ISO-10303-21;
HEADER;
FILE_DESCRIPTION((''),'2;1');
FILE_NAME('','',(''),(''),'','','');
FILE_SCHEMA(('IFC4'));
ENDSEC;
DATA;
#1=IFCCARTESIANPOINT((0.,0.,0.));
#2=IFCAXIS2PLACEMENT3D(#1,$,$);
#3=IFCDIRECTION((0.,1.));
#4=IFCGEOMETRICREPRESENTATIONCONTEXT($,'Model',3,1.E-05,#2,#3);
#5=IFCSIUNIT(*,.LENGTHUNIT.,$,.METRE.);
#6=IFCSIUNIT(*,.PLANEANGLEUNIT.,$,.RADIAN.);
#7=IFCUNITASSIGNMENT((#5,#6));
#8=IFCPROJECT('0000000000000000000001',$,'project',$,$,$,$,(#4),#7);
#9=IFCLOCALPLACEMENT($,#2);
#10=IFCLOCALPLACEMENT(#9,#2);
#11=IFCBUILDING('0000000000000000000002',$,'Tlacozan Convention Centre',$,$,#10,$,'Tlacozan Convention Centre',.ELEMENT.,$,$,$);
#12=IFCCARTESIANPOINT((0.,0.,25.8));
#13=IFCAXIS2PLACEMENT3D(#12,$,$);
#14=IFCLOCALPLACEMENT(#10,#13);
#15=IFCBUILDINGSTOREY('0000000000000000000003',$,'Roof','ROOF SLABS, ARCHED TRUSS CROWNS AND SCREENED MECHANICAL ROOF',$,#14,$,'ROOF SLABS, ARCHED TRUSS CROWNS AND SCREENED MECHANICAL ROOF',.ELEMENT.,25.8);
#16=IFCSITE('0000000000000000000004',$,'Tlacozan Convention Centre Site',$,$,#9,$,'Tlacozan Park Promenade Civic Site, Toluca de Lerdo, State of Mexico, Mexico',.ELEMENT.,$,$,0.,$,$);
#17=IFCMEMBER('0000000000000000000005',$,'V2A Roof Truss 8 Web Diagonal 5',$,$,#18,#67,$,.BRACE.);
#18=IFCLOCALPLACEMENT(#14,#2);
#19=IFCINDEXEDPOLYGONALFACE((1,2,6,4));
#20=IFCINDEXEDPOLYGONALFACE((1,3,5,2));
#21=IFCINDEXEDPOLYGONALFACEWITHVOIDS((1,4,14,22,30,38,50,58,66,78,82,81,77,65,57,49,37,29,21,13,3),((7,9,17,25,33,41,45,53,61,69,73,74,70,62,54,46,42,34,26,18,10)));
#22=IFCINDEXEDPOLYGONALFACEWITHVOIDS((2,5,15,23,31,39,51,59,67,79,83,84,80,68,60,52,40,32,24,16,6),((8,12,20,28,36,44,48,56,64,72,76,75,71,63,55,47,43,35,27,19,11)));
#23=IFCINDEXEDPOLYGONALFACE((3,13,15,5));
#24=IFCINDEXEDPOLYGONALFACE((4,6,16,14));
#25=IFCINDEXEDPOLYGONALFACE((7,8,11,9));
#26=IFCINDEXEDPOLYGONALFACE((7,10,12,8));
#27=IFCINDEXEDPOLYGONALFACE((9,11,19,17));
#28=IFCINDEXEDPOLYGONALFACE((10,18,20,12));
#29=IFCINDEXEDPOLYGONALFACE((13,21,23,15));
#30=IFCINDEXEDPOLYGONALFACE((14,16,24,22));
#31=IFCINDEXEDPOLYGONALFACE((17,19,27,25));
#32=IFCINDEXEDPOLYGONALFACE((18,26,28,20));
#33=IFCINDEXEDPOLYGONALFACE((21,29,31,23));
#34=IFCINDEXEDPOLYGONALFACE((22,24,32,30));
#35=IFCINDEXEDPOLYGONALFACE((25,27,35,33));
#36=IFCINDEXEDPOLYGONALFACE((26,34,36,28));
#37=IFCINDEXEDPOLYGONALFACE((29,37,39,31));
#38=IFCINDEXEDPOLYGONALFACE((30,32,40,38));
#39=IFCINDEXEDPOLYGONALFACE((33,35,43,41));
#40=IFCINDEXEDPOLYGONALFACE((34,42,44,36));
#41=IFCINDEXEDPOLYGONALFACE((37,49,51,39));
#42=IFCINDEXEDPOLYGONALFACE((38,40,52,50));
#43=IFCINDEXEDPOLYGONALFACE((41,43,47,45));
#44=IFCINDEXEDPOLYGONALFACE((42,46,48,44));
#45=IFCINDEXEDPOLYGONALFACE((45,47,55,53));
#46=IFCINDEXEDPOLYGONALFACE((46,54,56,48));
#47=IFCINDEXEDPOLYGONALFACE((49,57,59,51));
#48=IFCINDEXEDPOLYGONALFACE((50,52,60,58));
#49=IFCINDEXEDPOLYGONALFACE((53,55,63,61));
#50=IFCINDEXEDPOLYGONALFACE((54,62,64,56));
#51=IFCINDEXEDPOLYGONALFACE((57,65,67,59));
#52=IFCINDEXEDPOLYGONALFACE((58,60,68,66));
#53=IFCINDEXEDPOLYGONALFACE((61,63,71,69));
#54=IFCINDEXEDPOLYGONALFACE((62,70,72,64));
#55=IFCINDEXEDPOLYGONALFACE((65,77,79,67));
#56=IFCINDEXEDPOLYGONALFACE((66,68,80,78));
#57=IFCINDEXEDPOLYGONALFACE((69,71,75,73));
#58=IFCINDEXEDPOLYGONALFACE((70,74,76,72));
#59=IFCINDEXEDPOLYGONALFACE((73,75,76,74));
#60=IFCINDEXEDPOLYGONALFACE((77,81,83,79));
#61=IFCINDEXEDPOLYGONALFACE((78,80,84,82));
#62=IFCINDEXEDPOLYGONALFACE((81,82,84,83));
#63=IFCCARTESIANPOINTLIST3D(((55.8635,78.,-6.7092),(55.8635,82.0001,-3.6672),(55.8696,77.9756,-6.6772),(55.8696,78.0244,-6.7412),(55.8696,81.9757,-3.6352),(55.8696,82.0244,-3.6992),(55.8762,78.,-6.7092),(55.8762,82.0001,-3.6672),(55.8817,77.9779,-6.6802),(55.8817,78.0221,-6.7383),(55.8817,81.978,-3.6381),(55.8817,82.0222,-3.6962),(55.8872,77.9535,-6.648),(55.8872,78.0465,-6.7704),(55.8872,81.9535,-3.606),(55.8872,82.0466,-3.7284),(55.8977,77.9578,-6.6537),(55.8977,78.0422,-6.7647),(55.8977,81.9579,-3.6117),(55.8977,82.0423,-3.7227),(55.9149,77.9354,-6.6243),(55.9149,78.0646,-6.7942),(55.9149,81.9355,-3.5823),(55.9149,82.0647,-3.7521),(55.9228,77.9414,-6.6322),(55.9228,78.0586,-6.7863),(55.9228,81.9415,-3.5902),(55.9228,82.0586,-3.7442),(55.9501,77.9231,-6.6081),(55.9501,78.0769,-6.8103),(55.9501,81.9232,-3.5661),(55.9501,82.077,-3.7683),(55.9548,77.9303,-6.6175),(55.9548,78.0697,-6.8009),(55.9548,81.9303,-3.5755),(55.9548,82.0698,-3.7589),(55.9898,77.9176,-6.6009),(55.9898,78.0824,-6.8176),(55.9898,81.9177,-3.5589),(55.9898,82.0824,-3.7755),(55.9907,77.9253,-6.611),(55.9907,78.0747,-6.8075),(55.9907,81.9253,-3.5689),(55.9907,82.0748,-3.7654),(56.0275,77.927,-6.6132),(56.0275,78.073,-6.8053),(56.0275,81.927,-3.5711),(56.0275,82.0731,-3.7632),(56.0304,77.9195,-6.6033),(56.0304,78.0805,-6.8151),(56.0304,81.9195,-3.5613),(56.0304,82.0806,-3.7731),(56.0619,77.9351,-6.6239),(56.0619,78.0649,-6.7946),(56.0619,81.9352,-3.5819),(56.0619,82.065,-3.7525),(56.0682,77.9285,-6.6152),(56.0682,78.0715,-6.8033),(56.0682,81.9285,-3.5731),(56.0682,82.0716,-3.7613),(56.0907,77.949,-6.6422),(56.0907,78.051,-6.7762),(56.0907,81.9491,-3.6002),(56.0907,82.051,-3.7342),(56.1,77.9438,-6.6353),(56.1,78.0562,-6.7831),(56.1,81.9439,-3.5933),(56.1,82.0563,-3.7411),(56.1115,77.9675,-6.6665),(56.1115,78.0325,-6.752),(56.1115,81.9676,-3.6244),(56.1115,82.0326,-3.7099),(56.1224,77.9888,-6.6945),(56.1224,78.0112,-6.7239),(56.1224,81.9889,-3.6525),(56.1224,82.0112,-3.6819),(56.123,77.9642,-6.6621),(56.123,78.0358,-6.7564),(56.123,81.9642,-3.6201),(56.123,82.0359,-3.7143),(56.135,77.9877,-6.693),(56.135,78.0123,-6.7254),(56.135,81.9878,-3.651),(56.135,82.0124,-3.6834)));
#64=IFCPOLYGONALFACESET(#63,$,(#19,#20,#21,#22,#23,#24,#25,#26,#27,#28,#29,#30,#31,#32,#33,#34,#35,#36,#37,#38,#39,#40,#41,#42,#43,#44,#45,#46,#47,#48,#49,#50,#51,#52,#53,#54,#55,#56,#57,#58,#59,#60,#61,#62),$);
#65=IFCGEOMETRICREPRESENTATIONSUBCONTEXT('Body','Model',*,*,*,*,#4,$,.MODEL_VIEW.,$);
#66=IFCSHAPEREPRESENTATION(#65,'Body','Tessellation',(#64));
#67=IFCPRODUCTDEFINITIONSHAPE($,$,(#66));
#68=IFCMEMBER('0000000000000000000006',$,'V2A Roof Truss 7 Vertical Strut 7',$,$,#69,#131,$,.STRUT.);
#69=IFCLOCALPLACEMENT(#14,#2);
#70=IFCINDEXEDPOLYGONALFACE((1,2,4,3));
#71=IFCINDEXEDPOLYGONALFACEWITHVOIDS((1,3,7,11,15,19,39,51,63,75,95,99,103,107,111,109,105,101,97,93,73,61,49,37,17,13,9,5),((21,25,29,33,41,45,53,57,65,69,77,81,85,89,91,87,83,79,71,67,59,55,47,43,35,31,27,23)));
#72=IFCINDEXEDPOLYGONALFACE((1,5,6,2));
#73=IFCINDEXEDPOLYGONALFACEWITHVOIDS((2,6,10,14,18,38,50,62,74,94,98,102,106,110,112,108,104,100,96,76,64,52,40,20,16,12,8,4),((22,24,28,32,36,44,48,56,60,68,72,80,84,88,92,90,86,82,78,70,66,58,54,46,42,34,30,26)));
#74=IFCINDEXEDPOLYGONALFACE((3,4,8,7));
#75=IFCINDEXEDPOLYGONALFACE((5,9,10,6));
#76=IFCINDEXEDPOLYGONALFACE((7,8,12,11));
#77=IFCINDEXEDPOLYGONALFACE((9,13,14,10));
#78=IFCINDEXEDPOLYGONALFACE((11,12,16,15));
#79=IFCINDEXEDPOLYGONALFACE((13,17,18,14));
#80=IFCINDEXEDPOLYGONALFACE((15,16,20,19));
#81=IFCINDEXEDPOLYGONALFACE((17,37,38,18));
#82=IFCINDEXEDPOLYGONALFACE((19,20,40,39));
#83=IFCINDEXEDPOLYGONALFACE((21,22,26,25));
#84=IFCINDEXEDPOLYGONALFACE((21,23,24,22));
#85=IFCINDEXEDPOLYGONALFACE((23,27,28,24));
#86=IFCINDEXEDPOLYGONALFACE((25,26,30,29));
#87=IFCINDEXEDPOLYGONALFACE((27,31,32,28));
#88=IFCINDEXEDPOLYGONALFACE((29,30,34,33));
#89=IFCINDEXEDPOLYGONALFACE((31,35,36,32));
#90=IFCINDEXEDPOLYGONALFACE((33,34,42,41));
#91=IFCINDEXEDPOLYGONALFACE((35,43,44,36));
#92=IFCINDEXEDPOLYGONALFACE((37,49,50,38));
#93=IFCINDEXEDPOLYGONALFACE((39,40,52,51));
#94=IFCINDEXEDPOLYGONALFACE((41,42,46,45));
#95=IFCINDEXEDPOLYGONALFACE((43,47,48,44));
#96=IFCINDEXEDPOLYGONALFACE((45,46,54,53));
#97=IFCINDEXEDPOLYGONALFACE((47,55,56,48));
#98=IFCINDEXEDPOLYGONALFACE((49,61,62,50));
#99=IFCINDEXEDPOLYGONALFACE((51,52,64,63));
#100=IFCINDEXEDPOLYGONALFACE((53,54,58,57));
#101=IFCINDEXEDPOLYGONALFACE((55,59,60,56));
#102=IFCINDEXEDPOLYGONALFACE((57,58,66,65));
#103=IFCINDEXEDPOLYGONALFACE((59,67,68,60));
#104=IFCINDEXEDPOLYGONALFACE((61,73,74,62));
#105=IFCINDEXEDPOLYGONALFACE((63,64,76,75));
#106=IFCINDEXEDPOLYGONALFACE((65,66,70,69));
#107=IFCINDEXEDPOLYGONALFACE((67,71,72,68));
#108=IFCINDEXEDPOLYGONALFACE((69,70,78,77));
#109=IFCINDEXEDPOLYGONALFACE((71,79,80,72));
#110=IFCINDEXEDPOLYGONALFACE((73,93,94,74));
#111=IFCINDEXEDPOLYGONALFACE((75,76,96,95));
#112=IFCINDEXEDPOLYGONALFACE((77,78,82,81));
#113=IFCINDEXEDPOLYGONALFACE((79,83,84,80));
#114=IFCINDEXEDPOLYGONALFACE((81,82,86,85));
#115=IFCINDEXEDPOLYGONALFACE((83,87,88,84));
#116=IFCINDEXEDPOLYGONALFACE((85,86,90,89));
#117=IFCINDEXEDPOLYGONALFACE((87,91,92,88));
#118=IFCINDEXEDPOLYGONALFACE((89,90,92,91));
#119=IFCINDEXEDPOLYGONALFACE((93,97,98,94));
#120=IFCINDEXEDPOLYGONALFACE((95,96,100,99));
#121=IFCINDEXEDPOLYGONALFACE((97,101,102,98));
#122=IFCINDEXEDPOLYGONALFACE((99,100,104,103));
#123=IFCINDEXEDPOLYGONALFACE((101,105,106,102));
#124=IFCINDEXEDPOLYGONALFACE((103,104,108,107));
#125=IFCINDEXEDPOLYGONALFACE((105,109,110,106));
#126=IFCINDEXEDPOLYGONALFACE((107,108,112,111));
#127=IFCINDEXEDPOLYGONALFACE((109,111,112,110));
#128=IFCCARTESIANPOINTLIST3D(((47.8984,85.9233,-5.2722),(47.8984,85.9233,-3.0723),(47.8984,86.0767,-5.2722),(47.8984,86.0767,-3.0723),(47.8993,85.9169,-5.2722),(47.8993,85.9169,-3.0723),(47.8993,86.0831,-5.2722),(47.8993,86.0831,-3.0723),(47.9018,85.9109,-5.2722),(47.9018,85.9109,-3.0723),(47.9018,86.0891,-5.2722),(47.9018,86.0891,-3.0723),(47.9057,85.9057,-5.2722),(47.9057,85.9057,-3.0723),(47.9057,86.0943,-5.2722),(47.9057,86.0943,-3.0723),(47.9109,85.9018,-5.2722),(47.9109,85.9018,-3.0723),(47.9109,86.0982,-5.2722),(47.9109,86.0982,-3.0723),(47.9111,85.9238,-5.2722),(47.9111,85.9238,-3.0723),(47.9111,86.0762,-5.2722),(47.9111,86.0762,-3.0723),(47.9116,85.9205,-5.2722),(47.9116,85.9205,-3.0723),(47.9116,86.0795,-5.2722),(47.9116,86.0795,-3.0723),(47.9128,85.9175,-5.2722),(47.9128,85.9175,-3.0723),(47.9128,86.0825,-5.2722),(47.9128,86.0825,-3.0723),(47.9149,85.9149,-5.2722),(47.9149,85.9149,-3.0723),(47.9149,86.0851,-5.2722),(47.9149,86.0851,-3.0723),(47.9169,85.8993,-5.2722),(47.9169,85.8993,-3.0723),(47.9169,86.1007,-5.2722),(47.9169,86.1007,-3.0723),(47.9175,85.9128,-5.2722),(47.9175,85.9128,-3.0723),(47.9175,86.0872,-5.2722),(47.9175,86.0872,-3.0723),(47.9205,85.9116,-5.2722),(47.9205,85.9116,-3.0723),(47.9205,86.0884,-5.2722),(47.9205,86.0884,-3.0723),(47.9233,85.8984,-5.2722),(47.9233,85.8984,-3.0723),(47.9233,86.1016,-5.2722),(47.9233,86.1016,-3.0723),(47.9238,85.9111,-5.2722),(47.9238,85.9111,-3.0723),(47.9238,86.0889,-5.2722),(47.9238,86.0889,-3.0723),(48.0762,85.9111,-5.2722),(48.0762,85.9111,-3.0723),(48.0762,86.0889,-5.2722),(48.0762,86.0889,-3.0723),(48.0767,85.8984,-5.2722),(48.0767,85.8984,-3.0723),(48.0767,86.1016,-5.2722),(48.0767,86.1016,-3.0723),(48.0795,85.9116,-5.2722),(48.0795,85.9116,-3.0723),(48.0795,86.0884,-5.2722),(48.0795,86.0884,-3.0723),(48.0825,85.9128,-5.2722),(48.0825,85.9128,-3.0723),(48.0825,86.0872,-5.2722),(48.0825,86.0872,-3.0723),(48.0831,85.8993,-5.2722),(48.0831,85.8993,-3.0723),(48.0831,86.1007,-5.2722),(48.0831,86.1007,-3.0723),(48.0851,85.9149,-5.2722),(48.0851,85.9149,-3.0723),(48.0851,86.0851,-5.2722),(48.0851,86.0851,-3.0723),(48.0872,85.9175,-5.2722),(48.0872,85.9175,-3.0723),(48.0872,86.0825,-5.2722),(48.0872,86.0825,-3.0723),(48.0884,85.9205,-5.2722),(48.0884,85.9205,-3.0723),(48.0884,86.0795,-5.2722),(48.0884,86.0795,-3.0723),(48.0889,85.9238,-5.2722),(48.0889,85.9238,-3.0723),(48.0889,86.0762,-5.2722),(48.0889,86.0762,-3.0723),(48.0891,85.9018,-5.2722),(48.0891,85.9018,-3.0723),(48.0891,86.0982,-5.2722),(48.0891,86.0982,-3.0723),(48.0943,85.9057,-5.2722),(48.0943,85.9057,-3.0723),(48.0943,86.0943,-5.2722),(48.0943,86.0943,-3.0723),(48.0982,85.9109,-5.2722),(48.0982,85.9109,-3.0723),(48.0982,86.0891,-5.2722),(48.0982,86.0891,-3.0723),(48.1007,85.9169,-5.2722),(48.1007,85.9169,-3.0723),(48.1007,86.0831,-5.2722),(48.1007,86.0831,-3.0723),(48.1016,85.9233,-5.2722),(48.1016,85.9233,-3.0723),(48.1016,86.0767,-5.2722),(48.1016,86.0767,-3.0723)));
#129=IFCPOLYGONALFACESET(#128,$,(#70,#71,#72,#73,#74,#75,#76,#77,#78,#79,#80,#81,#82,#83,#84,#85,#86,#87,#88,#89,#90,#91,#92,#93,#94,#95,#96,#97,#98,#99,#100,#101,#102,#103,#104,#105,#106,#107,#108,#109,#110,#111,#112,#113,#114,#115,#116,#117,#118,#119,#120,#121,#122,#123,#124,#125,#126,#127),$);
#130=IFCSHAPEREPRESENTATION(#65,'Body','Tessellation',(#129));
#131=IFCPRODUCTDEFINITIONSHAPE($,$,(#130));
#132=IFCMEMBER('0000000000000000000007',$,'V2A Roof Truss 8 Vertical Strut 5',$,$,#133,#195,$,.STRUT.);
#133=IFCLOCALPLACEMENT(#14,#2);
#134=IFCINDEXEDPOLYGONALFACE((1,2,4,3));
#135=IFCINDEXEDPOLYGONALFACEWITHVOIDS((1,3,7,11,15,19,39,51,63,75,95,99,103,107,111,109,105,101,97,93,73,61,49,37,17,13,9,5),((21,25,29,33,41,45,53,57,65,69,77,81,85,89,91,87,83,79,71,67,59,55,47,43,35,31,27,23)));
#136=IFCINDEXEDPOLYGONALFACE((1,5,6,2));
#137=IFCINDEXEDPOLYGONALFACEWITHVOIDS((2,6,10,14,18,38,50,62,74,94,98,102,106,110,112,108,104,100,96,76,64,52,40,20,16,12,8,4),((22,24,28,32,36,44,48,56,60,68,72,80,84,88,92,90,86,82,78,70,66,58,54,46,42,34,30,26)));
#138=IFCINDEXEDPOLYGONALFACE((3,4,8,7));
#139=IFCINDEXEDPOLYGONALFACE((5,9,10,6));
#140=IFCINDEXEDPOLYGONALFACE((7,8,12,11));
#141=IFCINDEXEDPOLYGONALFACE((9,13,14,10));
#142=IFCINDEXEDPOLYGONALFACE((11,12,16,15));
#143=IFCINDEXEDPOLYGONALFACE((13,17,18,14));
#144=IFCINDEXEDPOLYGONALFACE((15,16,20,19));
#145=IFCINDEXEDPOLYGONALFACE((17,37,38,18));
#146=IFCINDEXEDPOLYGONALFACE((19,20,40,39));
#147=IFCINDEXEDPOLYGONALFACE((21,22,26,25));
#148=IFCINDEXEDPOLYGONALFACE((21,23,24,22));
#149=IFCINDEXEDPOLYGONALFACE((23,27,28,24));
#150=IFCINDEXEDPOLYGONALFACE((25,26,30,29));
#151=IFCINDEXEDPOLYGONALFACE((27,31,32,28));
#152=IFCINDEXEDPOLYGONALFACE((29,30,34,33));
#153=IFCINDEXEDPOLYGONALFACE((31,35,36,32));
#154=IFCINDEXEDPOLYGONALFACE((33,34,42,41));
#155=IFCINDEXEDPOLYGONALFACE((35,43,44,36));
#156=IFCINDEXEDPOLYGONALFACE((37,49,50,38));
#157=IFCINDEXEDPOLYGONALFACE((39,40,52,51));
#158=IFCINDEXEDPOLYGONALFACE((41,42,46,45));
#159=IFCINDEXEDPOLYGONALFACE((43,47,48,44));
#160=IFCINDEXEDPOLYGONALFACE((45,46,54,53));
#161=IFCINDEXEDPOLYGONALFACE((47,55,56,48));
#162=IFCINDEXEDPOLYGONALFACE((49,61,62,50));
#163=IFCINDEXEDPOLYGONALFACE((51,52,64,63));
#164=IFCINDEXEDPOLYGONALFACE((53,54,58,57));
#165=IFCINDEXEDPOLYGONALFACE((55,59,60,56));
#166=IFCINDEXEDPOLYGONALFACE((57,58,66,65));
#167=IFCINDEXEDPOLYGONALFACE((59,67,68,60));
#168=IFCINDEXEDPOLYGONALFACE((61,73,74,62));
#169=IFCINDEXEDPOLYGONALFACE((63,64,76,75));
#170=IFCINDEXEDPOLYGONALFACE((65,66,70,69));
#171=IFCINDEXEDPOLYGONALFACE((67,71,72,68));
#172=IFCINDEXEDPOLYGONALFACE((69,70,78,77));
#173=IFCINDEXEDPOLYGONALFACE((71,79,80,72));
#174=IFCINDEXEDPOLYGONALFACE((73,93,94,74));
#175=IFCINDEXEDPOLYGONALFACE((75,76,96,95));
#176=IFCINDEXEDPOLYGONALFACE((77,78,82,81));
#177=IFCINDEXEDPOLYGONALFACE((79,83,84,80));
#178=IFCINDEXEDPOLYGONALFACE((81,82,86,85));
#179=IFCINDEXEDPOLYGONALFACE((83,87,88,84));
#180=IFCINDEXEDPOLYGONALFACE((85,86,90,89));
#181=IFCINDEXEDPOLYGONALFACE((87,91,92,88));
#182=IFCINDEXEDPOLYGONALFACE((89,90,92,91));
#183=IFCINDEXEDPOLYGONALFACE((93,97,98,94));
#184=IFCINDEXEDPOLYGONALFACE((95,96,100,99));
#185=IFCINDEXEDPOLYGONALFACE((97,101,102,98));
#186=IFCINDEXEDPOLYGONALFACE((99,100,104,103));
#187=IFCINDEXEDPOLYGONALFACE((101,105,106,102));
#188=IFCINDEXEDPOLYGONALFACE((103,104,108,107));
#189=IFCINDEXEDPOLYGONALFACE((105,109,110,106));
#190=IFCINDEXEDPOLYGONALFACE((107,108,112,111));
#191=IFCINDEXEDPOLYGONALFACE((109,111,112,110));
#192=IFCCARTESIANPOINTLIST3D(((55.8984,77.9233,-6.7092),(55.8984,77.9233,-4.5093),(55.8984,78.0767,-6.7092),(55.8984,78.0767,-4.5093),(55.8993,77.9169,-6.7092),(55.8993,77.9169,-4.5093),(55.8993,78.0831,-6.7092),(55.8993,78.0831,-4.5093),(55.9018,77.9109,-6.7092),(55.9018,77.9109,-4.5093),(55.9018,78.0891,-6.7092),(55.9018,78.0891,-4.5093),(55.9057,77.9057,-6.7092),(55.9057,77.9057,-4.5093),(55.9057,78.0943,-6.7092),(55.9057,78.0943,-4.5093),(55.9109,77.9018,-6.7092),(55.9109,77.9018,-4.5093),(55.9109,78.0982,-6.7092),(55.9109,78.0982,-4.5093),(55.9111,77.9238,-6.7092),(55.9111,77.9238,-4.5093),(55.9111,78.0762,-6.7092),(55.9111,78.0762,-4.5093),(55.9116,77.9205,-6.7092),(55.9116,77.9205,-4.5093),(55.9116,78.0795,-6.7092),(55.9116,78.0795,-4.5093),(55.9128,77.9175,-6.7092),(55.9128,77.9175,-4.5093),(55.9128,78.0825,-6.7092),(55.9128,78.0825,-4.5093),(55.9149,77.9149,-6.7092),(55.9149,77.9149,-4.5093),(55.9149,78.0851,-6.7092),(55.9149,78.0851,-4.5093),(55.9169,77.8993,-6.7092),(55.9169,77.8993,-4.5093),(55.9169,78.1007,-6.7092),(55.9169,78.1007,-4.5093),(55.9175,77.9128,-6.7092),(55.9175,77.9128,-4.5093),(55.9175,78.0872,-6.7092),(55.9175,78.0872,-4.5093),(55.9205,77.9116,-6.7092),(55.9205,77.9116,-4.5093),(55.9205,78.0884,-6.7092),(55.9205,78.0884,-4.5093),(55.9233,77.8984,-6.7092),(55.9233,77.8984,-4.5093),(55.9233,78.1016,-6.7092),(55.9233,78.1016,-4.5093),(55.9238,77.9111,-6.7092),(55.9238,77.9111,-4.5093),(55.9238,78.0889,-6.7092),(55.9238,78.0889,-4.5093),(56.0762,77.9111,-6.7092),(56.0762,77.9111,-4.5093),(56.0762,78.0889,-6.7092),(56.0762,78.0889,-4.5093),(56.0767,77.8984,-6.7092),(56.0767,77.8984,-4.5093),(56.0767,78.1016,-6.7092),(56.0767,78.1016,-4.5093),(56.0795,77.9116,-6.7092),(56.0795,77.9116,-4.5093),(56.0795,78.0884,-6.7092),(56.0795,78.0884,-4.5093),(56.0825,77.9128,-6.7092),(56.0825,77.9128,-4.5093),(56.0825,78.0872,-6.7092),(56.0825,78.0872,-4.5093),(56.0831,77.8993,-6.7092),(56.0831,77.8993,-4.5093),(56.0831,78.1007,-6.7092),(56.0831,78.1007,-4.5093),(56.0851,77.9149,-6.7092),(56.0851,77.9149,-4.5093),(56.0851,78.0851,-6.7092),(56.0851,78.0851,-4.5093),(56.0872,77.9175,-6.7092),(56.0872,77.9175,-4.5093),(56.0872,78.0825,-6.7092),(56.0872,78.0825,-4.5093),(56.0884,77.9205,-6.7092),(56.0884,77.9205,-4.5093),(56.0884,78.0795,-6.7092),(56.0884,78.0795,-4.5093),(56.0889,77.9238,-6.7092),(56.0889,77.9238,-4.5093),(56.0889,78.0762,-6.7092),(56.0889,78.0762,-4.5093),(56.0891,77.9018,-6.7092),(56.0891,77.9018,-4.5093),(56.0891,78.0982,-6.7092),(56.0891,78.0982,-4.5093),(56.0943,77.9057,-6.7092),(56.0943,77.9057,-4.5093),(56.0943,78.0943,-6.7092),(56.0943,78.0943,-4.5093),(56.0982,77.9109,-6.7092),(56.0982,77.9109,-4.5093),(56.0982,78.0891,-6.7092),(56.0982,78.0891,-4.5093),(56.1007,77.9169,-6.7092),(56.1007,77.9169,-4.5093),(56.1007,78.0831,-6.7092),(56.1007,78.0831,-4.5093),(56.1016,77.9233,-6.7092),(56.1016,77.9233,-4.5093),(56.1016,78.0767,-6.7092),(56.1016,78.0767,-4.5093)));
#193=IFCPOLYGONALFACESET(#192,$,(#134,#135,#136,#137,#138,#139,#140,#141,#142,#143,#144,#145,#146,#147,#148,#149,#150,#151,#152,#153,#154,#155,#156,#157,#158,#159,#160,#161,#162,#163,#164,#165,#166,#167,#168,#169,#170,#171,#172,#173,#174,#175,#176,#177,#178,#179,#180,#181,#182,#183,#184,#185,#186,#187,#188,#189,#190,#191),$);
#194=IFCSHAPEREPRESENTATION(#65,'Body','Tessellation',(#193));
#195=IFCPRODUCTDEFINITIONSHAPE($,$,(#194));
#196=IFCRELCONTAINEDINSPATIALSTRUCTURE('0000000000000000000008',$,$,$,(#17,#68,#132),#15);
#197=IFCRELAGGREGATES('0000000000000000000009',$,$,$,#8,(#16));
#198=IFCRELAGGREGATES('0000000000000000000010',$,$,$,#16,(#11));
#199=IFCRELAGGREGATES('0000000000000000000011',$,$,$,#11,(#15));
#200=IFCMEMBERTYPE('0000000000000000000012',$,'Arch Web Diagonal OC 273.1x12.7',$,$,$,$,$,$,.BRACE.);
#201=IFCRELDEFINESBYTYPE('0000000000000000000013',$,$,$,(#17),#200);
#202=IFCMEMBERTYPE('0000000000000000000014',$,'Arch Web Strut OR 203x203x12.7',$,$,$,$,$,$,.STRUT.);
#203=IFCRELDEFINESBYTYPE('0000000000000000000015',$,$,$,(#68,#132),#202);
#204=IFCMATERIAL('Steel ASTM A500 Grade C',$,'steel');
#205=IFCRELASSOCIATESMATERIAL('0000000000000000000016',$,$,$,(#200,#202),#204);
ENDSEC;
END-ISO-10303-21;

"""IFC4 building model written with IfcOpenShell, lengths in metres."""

from ifc_helpers import new_model, si_unit, direction, frame, origin, origin_2d, place, context, subcontext, project, spatial, hollow_rectangle, hollow_circle, extrude, material, material_profile, profile_set, type_object, element, save


model = new_model("IFC4")

# Units and contexts
model_context = context("Model", 3, precision=1e-05, world=origin(), true_north=direction((0.0, 1.0)))
body_context = subcontext(model_context, "Body", "Model", "MODEL_VIEW")
ifc_project = project(units=[si_unit("LENGTHUNIT", "METRE"), si_unit("PLANEANGLEUNIT", "RADIAN")], contexts=[model_context])

# Site, building, storey
site_placement = place(None, origin())
site = spatial("IfcSite", under=ifc_project, at=site_placement, Name="Tlacozan Convention Centre Site", LongName="Tlacozan Park Promenade Civic Site, Toluca de Lerdo, State of Mexico, Mexico", CompositionType="ELEMENT", RefElevation=0.0)
building_placement = place(site_placement, origin())
building = spatial("IfcBuilding", under=site, at=building_placement, Name="Tlacozan Convention Centre", LongName="Tlacozan Convention Centre", CompositionType="ELEMENT")
storey_placement = place(building_placement, frame((0.0, 0.0, 25.8)))
storey = spatial("IfcBuildingStorey", under=building, at=storey_placement, Name="Roof", Description="ROOF SLABS, ARCHED TRUSS CROWNS AND SCREENED MECHANICAL ROOF", LongName="ROOF SLABS, ARCHED TRUSS CROWNS AND SCREENED MECHANICAL ROOF", CompositionType="ELEMENT", Elevation=25.8)

# Members
ifc_material_1 = material(Name="Steel ASTM A500 Grade C", Category="steel")
ifc_material_profile_1 = material_profile(ifc_material_1, hollow_circle(Radius=0.1365, WallThickness=0.0127, at=origin_2d()), Name="OC 273.1x12.7")
ifc_profile_set_1 = profile_set([ifc_material_profile_1], Name="Steel ASTM A500 Grade C")
member_type_1 = type_object("IfcMemberType", Name="Arch Web Diagonal OC 273.1x12.7", PredefinedType="BRACE", material=ifc_profile_set_1)
member_1_placement = place(storey_placement, frame((56.0, 78.0, -6.7092), z_axis=(0.0, 0.795971, 0.605335), x_axis=(-1.0, 0.0, 0.0)))
element("IfcMember", 1, at=member_1_placement, inside=storey, type_object=member_type_1, Name="V2A Roof Truss 8 Web Diagonal 5", PredefinedType="BRACE", context=body_context, shape_type="SweptSolid", body=[
    extrude(hollow_circle(Radius=0.1365, WallThickness=0.0127, at=origin_2d()), origin(), (0.0, 0.0, 1.0), 5.0254),
])
ifc_material_profile_2 = material_profile(ifc_material_1, hollow_rectangle(XDim=0.2031, YDim=0.2031, WallThickness=0.0127, InnerFilletRadius=0.0127, OuterFilletRadius=0.0249, at=origin_2d()), Name="OR 203x203x12.7")
ifc_profile_set_2 = profile_set([ifc_material_profile_2], Name="Steel ASTM A500 Grade C")
member_type_2 = type_object("IfcMemberType", Name="Arch Web Strut OR 203x203x12.7", PredefinedType="STRUT", material=ifc_profile_set_2)
for number, where, z_axis, x_axis, name in (
    (2, (48.0, 86.0, -5.2722), (0.0, 0.0, 1.0), (1.0, 0.0, 0.0), "V2A Roof Truss 7 Vertical Strut 7"),
    (3, (56.0, 78.0, -6.7092), (0.0, 0.0, 1.0), (1.0, 0.0, 0.0), "V2A Roof Truss 8 Vertical Strut 5"),
):
    element("IfcMember", number, at=place(storey_placement, frame(where, z_axis=z_axis, x_axis=x_axis)), inside=storey, type_object=member_type_2, Name=name, PredefinedType="STRUT", context=body_context, shape_type="SweptSolid", body=[
        extrude(hollow_rectangle(XDim=0.2031, YDim=0.2031, WallThickness=0.0127, InnerFilletRadius=0.0127, OuterFilletRadius=0.0249, at=origin_2d()), origin(), (0.0, 0.0, 1.0), 2.2),
    ])

save(model, "model.ifc")
